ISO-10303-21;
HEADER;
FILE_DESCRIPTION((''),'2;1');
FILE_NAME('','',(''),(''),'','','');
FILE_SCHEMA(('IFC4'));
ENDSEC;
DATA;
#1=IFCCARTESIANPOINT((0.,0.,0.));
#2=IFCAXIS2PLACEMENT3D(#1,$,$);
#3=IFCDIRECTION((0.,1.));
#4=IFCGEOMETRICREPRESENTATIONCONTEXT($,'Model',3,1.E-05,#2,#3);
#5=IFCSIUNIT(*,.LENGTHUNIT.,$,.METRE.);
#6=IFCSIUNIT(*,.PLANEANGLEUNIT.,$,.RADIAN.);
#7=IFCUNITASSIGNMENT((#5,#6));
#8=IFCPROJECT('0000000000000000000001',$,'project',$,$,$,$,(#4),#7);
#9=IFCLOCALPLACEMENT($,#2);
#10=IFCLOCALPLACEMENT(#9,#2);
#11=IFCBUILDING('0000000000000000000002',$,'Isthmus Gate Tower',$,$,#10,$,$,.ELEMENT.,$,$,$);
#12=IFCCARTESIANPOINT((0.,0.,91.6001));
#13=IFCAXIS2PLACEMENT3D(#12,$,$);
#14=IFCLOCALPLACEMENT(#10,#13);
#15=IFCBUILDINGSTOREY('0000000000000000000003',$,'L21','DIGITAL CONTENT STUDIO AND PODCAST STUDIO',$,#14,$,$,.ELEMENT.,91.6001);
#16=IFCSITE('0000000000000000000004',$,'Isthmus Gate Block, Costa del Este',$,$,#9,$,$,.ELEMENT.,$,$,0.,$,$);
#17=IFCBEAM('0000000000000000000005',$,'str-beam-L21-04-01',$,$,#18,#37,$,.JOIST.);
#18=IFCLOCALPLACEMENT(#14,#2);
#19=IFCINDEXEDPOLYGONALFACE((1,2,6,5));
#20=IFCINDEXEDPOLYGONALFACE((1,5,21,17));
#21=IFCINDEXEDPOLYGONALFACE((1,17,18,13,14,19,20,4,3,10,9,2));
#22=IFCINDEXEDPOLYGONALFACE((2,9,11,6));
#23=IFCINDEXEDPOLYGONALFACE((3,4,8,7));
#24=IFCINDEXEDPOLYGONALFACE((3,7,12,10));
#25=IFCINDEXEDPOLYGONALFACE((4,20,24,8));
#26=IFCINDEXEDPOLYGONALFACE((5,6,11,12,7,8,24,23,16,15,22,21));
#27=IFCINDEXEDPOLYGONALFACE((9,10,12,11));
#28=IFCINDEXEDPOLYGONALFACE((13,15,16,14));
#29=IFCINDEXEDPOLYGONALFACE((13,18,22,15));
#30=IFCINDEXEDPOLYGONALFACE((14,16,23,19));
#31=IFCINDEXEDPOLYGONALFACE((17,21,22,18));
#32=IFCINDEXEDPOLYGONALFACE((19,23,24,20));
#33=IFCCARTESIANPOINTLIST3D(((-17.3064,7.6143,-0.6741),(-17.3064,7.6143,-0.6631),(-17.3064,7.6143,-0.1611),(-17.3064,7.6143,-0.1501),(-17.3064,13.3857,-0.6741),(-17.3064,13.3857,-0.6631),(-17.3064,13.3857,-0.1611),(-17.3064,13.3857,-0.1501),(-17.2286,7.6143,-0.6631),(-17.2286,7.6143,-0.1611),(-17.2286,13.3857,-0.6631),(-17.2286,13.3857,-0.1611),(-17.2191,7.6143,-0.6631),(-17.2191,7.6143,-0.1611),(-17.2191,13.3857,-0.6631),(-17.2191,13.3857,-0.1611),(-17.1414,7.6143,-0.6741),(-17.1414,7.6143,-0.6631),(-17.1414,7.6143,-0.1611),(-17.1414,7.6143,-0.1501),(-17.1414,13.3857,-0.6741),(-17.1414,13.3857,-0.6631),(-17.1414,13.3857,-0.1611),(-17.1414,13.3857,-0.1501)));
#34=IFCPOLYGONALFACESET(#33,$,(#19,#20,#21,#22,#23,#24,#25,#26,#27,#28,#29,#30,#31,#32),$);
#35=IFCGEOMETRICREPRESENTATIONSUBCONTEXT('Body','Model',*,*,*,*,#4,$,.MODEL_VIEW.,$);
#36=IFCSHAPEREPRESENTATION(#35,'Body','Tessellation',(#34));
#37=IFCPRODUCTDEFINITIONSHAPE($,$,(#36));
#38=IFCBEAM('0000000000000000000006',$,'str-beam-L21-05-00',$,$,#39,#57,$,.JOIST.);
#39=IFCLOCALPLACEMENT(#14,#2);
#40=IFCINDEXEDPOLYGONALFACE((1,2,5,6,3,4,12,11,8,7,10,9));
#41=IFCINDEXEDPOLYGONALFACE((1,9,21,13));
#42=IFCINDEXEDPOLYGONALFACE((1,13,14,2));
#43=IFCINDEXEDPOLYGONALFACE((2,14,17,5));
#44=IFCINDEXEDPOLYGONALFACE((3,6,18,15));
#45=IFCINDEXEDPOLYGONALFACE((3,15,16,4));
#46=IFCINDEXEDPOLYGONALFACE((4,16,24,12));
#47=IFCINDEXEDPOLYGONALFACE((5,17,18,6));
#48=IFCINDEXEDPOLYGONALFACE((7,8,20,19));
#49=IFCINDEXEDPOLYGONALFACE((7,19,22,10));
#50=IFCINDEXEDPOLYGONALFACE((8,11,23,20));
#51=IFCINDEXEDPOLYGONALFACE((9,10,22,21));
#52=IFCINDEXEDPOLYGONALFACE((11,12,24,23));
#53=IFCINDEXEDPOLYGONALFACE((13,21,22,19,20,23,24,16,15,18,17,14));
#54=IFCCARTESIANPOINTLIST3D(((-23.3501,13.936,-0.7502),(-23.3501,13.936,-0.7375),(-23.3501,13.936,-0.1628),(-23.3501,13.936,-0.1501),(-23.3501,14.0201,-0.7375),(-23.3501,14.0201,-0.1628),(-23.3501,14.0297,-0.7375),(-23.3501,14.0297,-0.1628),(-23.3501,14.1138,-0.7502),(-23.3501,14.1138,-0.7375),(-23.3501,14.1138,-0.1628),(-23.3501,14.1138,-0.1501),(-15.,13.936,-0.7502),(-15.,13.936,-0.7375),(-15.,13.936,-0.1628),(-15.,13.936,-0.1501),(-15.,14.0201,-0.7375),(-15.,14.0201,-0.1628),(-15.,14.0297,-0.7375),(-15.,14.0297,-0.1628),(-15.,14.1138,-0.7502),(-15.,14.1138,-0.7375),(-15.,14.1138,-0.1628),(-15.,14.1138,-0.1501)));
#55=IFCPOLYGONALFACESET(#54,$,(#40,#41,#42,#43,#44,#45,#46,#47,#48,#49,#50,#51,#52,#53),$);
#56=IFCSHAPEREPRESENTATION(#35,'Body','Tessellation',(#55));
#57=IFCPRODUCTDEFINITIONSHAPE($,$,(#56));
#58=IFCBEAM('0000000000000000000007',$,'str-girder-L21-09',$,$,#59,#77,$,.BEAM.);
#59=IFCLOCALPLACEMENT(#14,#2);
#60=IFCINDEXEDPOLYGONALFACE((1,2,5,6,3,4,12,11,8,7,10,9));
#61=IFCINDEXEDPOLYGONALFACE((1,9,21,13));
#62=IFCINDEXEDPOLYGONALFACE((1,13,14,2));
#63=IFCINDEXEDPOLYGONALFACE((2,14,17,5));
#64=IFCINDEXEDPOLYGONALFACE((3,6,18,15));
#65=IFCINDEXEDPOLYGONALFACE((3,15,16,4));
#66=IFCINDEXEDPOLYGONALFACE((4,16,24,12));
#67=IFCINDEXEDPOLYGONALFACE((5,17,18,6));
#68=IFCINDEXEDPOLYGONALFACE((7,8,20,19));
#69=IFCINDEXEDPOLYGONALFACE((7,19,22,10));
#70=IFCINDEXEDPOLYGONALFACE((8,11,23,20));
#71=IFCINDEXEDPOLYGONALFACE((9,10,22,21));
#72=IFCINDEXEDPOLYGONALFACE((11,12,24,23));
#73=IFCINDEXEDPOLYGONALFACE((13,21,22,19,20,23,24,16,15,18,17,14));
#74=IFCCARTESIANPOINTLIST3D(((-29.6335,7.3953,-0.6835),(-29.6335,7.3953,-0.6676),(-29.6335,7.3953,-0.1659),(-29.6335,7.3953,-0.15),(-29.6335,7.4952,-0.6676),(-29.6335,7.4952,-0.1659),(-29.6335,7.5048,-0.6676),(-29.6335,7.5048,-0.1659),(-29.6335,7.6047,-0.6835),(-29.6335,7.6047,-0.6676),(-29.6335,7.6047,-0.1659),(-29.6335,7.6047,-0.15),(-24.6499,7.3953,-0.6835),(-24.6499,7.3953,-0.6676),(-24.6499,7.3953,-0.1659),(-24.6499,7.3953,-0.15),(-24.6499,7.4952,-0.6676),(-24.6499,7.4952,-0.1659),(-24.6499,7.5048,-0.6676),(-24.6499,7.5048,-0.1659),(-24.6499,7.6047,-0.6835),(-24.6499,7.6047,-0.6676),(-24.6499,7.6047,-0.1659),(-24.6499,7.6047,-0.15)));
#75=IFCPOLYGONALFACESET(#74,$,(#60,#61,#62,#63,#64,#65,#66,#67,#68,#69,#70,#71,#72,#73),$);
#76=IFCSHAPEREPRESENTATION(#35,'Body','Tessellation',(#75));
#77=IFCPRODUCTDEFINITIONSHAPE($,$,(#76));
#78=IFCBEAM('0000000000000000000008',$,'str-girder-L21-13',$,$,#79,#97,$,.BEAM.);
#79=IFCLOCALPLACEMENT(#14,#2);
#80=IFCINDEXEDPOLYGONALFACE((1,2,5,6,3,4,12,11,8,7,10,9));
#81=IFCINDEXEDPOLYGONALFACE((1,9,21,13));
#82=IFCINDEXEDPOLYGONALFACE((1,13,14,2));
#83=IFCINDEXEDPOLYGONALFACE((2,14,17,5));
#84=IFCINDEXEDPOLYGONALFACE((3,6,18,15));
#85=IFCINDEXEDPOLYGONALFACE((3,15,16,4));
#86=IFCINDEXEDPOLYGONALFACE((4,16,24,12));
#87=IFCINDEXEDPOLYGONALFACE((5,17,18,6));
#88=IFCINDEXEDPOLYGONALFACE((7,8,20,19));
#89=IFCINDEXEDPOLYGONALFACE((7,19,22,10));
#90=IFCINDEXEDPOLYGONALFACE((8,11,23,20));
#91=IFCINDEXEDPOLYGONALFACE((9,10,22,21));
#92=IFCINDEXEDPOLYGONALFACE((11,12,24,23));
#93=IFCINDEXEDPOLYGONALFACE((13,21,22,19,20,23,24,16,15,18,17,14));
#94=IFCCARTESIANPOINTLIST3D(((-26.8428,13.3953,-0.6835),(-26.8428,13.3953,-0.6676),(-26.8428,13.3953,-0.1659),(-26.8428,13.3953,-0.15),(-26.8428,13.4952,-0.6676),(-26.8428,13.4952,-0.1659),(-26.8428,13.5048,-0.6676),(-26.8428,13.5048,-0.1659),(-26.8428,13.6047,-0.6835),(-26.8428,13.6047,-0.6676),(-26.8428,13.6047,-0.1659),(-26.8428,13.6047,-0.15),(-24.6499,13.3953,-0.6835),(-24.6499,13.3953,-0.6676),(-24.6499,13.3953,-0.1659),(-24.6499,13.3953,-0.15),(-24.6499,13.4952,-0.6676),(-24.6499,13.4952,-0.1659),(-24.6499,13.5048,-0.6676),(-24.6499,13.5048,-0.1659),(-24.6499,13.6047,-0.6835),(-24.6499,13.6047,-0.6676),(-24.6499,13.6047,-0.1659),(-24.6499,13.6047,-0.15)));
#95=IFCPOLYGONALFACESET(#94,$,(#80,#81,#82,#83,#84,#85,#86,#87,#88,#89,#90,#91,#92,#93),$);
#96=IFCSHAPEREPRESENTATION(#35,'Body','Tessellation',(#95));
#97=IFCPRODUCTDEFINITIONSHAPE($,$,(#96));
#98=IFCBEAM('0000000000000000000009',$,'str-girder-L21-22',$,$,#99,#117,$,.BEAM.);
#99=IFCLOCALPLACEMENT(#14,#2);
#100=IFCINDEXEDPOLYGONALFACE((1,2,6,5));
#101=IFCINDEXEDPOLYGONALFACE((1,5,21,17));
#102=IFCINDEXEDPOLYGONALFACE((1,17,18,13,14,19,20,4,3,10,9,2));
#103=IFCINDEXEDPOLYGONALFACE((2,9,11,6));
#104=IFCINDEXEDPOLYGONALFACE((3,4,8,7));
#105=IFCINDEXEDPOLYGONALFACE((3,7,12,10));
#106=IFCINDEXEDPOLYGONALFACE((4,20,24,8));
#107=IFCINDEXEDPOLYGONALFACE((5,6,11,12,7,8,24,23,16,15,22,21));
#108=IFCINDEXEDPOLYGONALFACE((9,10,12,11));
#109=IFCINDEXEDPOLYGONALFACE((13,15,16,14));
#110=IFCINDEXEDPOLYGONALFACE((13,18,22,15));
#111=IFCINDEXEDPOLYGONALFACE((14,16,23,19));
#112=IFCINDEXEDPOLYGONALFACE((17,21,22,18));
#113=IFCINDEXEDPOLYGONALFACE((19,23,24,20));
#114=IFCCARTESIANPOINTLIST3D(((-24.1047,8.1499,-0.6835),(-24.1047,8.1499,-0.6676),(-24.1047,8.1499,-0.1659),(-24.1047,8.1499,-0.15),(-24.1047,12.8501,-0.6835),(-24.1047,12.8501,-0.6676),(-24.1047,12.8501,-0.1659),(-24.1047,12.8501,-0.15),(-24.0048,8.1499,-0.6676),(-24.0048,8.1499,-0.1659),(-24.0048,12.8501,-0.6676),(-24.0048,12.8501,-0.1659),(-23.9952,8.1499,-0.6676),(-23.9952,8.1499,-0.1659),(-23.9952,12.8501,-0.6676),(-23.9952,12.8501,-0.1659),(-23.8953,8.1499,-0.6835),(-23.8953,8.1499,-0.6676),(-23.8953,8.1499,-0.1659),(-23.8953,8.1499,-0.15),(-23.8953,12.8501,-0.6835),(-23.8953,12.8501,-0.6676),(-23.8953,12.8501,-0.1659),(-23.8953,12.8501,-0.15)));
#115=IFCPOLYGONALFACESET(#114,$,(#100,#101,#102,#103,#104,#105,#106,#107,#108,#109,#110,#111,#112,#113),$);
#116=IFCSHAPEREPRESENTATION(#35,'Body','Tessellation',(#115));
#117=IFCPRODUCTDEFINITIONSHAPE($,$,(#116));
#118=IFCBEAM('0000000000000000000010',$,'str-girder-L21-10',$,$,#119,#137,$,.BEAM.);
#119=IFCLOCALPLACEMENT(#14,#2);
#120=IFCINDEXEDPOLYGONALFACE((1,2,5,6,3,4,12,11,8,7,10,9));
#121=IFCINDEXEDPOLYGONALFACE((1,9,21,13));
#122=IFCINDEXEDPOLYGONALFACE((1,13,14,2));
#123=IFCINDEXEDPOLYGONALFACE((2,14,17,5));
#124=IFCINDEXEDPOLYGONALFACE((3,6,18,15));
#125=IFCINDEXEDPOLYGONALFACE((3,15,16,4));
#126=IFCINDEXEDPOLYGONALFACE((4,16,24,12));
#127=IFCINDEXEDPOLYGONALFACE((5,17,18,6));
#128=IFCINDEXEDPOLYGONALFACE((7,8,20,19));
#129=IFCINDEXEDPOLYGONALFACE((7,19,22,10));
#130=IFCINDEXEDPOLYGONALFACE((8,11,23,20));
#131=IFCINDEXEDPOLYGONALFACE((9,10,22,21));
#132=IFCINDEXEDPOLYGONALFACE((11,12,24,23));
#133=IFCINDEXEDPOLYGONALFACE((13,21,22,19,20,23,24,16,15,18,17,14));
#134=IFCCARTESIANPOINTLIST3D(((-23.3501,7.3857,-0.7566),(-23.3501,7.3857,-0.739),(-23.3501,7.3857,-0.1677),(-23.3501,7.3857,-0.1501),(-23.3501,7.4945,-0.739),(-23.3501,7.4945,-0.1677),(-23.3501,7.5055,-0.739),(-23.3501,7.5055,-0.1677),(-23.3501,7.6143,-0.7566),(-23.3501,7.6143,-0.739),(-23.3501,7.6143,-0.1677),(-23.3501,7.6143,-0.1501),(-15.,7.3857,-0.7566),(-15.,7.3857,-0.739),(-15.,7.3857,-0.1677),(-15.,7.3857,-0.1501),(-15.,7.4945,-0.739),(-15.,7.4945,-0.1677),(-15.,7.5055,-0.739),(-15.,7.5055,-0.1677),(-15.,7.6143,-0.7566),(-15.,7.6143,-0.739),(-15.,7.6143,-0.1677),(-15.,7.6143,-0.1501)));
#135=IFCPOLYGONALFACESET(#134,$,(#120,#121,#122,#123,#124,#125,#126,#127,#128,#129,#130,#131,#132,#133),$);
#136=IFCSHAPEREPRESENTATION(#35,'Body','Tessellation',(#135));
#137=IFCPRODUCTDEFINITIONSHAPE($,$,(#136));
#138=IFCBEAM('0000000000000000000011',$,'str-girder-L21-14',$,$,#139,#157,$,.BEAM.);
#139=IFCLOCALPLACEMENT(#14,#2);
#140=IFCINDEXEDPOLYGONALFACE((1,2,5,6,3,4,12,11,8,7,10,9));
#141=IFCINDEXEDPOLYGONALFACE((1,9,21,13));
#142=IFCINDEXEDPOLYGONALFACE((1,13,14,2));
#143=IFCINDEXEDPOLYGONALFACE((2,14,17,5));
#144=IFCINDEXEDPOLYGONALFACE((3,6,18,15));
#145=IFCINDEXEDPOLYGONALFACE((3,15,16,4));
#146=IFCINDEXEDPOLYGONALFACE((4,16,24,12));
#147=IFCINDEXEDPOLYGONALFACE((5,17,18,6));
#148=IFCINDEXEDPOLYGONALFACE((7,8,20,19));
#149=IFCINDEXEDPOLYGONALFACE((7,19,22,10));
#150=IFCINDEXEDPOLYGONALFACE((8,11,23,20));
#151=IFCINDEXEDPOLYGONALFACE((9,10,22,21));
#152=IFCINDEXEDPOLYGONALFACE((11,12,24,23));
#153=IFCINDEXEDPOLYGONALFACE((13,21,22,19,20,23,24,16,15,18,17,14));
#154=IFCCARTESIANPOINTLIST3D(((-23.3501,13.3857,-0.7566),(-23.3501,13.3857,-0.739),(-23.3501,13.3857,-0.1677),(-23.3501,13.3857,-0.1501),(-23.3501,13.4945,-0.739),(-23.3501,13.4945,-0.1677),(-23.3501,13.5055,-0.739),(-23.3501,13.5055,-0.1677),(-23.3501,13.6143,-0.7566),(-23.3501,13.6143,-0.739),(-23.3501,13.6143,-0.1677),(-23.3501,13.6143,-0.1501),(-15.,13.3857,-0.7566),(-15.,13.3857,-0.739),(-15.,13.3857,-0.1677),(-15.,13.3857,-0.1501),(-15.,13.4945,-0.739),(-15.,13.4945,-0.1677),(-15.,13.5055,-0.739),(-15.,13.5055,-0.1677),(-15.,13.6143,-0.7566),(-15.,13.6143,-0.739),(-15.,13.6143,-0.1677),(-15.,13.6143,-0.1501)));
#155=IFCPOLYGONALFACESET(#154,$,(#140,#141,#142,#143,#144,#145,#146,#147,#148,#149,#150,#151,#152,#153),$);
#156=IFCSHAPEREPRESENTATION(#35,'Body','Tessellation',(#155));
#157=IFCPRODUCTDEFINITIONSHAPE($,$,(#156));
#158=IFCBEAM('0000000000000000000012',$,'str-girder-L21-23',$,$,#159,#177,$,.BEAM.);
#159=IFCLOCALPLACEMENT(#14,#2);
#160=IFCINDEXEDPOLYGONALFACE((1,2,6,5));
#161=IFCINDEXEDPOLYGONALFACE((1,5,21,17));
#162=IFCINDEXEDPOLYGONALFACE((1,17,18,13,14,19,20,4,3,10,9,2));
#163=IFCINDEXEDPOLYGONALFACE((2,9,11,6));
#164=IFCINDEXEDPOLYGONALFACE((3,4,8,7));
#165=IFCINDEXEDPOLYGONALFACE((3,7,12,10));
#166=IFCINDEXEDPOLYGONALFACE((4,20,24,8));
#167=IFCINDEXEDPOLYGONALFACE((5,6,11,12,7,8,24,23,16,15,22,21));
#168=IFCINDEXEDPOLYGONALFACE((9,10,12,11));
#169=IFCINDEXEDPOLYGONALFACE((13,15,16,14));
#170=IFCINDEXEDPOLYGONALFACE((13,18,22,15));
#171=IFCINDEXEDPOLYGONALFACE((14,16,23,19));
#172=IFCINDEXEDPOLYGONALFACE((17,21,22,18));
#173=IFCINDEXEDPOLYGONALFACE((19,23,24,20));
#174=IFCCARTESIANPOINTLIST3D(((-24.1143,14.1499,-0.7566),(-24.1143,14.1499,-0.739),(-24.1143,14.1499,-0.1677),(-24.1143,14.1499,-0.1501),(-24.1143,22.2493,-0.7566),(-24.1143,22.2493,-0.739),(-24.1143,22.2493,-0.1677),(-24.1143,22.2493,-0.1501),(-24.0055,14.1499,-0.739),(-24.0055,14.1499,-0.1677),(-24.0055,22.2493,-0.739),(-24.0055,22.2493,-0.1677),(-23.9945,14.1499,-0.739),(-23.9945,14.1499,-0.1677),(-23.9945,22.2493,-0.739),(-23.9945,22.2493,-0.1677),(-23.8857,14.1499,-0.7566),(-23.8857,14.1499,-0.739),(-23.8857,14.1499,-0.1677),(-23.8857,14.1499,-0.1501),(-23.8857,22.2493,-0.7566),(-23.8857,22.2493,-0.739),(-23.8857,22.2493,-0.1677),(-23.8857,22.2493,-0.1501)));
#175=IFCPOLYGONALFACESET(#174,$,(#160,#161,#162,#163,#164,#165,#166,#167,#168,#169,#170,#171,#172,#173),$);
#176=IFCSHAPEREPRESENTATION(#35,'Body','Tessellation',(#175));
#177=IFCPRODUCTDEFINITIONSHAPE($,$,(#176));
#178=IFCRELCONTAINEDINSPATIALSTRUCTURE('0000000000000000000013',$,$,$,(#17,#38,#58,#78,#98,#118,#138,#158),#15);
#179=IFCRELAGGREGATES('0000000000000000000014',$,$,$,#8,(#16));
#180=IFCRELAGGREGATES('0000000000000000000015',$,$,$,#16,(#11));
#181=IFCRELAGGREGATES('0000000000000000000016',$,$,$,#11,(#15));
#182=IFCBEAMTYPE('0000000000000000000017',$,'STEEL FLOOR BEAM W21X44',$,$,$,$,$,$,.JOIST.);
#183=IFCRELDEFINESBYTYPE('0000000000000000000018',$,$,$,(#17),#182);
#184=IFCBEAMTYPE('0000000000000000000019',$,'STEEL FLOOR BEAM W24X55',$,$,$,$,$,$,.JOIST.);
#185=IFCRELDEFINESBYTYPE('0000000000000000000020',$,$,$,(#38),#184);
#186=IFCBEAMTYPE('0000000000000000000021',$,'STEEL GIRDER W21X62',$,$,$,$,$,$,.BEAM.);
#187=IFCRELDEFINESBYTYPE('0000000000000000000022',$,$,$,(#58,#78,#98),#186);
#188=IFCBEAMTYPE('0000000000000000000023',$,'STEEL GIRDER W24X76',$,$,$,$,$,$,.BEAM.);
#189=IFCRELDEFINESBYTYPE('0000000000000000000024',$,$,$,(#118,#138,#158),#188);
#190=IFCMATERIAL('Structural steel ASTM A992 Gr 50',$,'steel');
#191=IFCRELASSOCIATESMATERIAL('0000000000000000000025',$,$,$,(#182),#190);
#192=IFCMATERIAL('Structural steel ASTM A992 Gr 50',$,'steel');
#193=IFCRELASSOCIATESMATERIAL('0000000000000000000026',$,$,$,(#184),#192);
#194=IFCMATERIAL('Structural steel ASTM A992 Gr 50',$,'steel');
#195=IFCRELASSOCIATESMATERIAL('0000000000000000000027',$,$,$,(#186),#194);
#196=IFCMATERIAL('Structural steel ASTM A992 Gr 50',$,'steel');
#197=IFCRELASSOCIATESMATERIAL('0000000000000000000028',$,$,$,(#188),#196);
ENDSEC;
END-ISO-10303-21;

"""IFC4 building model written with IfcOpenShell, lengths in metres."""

from ifc_helpers import new_model, si_unit, direction, frame, origin, origin_2d, place, context, subcontext, project, spatial, i_section, extrude, material, material_profile, profile_set, type_object, element, save


model = new_model("IFC4")

# Units and contexts
model_context = context("Model", 3, precision=1e-05, world=origin(), true_north=direction((0.0, 1.0)))
body_context = subcontext(model_context, "Body", "Model", "MODEL_VIEW")
ifc_project = project(units=[si_unit("LENGTHUNIT", "METRE"), si_unit("PLANEANGLEUNIT", "RADIAN")], contexts=[model_context])

# Site, building, storey
site_placement = place(None, origin())
site = spatial("IfcSite", under=ifc_project, at=site_placement, Name="Isthmus Gate Block, Costa del Este", CompositionType="ELEMENT", RefElevation=0.0)
building_placement = place(site_placement, origin())
building = spatial("IfcBuilding", under=site, at=building_placement, Name="Isthmus Gate Tower", CompositionType="ELEMENT")
storey_placement = place(building_placement, frame((0.0, 0.0, 91.6001)))
storey = spatial("IfcBuildingStorey", under=building, at=storey_placement, Name="L21", Description="DIGITAL CONTENT STUDIO AND PODCAST STUDIO", CompositionType="ELEMENT", Elevation=91.6001)

# Beams
ifc_material_1 = material(Name="Structural steel ASTM A992 Gr 50", Category="steel")
ifc_material_profile_1 = material_profile(ifc_material_1, i_section(OverallWidth=0.165, OverallDepth=0.5239, WebThickness=0.0095, FlangeThickness=0.011, at=origin_2d()), Name="W21X44")
ifc_profile_set_1 = profile_set([ifc_material_profile_1], Name="Structural steel ASTM A992 Gr 50")
beam_type_1 = type_object("IfcBeamType", Name="STEEL FLOOR BEAM W21X44", PredefinedType="JOIST", material=ifc_profile_set_1)
for number, where, z_axis, x_axis, name in (
    (1, (-17.2239, 7.6143, -0.4121), (0.0, 1.0, 0.0), (-1.0, 0.0, 0.0), "str-beam-L21-04-01"),
):
    element("IfcBeam", number, at=place(storey_placement, frame(where, z_axis=z_axis, x_axis=x_axis)), inside=storey, type_object=beam_type_1, Name=name, PredefinedType="JOIST", context=body_context, shape_type="SweptSolid", body=[
        extrude(i_section(OverallWidth=0.165, OverallDepth=0.5239, WebThickness=0.0095, FlangeThickness=0.011, at=origin_2d()), origin(), (0.0, 0.0, 1.0), 5.7715),
    ])
ifc_material_2 = material(Name="Structural steel ASTM A992 Gr 50", Category="steel")
ifc_material_profile_2 = material_profile(ifc_material_2, i_section(OverallWidth=0.1777, OverallDepth=0.6001, WebThickness=0.0095, FlangeThickness=0.0127, at=origin_2d()), Name="W24X55")
ifc_profile_set_2 = profile_set([ifc_material_profile_2], Name="Structural steel ASTM A992 Gr 50")
beam_type_2 = type_object("IfcBeamType", Name="STEEL FLOOR BEAM W24X55", PredefinedType="JOIST", material=ifc_profile_set_2)
beam_1_placement = place(storey_placement, frame((-23.3501, 14.0249, -0.4502), z_axis=(1.0, 0.0, 0.0), x_axis=(0.0, 1.0, 0.0)))
element("IfcBeam", 2, at=beam_1_placement, inside=storey, type_object=beam_type_2, Name="str-beam-L21-05-00", PredefinedType="JOIST", context=body_context, shape_type="SweptSolid", body=[
    extrude(i_section(OverallWidth=0.1777, OverallDepth=0.6001, WebThickness=0.0095, FlangeThickness=0.0127, at=origin_2d()), origin(), (0.0, 0.0, 1.0), 8.3501),
])
ifc_material_3 = material(Name="Structural steel ASTM A992 Gr 50", Category="steel")
ifc_material_profile_3 = material_profile(ifc_material_3, i_section(OverallWidth=0.2095, OverallDepth=0.5334, WebThickness=0.0095, FlangeThickness=0.0159, at=origin_2d()), Name="W21X62")
ifc_profile_set_3 = profile_set([ifc_material_profile_3], Name="Structural steel ASTM A992 Gr 50")
beam_type_3 = type_object("IfcBeamType", Name="STEEL GIRDER W21X62", PredefinedType="BEAM", material=ifc_profile_set_3)
beam_2_placement = place(storey_placement, frame((-29.6335, 7.5, -0.4167), z_axis=(1.0, 0.0, 0.0), x_axis=(0.0, 1.0, 0.0)))
element("IfcBeam", 3, at=beam_2_placement, inside=storey, type_object=beam_type_3, Name="str-girder-L21-09", PredefinedType="BEAM", context=body_context, shape_type="SweptSolid", body=[
    extrude(i_section(OverallWidth=0.2095, OverallDepth=0.5334, WebThickness=0.0095, FlangeThickness=0.0159, at=origin_2d()), origin(), (0.0, 0.0, 1.0), 4.9836),
])
beam_3_placement = place(storey_placement, frame((-26.8428, 13.5, -0.4167), z_axis=(1.0, 0.0, 0.0), x_axis=(0.0, 1.0, 0.0)))
element("IfcBeam", 4, at=beam_3_placement, inside=storey, type_object=beam_type_3, Name="str-girder-L21-13", PredefinedType="BEAM", context=body_context, shape_type="SweptSolid", body=[
    extrude(i_section(OverallWidth=0.2095, OverallDepth=0.5334, WebThickness=0.0095, FlangeThickness=0.0159, at=origin_2d()), origin(), (0.0, 0.0, 1.0), 2.1929),
])
beam_4_placement = place(storey_placement, frame((-24.0, 8.1499, -0.4167), z_axis=(0.0, 1.0, 0.0), x_axis=(-1.0, 0.0, 0.0)))
element("IfcBeam", 5, at=beam_4_placement, inside=storey, type_object=beam_type_3, Name="str-girder-L21-22", PredefinedType="BEAM", context=body_context, shape_type="SweptSolid", body=[
    extrude(i_section(OverallWidth=0.2095, OverallDepth=0.5334, WebThickness=0.0095, FlangeThickness=0.0159, at=origin_2d()), origin(), (0.0, 0.0, 1.0), 4.7002),
])
ifc_material_4 = material(Name="Structural steel ASTM A992 Gr 50", Category="steel")
ifc_material_profile_4 = material_profile(ifc_material_4, i_section(OverallWidth=0.2285, OverallDepth=0.6064, WebThickness=0.011, FlangeThickness=0.0176, at=origin_2d()), Name="W24X76")
ifc_profile_set_4 = profile_set([ifc_material_profile_4], Name="Structural steel ASTM A992 Gr 50")
beam_type_4 = type_object("IfcBeamType", Name="STEEL GIRDER W24X76", PredefinedType="BEAM", material=ifc_profile_set_4)
for number, where, z_axis, x_axis, name in (
    (6, (-23.3501, 7.5, -0.4534), (1.0, 0.0, 0.0), (0.0, 1.0, 0.0), "str-girder-L21-10"),
    (7, (-23.3501, 13.5, -0.4534), (1.0, 0.0, 0.0), (0.0, 1.0, 0.0), "str-girder-L21-14"),
):
    element("IfcBeam", number, at=place(storey_placement, frame(where, z_axis=z_axis, x_axis=x_axis)), inside=storey, type_object=beam_type_4, Name=name, PredefinedType="BEAM", context=body_context, shape_type="SweptSolid", body=[
        extrude(i_section(OverallWidth=0.2285, OverallDepth=0.6064, WebThickness=0.011, FlangeThickness=0.0176, at=origin_2d()), origin(), (0.0, 0.0, 1.0), 8.3501),
    ])
beam_5_placement = place(storey_placement, frame((-24.0, 14.1499, -0.4534), z_axis=(0.0, 1.0, 0.0), x_axis=(-1.0, 0.0, 0.0)))
element("IfcBeam", 8, at=beam_5_placement, inside=storey, type_object=beam_type_4, Name="str-girder-L21-23", PredefinedType="BEAM", context=body_context, shape_type="SweptSolid", body=[
    extrude(i_section(OverallWidth=0.2285, OverallDepth=0.6064, WebThickness=0.011, FlangeThickness=0.0176, at=origin_2d()), origin(), (0.0, 0.0, 1.0), 8.0994),
])

save(model, "model.ifc")
